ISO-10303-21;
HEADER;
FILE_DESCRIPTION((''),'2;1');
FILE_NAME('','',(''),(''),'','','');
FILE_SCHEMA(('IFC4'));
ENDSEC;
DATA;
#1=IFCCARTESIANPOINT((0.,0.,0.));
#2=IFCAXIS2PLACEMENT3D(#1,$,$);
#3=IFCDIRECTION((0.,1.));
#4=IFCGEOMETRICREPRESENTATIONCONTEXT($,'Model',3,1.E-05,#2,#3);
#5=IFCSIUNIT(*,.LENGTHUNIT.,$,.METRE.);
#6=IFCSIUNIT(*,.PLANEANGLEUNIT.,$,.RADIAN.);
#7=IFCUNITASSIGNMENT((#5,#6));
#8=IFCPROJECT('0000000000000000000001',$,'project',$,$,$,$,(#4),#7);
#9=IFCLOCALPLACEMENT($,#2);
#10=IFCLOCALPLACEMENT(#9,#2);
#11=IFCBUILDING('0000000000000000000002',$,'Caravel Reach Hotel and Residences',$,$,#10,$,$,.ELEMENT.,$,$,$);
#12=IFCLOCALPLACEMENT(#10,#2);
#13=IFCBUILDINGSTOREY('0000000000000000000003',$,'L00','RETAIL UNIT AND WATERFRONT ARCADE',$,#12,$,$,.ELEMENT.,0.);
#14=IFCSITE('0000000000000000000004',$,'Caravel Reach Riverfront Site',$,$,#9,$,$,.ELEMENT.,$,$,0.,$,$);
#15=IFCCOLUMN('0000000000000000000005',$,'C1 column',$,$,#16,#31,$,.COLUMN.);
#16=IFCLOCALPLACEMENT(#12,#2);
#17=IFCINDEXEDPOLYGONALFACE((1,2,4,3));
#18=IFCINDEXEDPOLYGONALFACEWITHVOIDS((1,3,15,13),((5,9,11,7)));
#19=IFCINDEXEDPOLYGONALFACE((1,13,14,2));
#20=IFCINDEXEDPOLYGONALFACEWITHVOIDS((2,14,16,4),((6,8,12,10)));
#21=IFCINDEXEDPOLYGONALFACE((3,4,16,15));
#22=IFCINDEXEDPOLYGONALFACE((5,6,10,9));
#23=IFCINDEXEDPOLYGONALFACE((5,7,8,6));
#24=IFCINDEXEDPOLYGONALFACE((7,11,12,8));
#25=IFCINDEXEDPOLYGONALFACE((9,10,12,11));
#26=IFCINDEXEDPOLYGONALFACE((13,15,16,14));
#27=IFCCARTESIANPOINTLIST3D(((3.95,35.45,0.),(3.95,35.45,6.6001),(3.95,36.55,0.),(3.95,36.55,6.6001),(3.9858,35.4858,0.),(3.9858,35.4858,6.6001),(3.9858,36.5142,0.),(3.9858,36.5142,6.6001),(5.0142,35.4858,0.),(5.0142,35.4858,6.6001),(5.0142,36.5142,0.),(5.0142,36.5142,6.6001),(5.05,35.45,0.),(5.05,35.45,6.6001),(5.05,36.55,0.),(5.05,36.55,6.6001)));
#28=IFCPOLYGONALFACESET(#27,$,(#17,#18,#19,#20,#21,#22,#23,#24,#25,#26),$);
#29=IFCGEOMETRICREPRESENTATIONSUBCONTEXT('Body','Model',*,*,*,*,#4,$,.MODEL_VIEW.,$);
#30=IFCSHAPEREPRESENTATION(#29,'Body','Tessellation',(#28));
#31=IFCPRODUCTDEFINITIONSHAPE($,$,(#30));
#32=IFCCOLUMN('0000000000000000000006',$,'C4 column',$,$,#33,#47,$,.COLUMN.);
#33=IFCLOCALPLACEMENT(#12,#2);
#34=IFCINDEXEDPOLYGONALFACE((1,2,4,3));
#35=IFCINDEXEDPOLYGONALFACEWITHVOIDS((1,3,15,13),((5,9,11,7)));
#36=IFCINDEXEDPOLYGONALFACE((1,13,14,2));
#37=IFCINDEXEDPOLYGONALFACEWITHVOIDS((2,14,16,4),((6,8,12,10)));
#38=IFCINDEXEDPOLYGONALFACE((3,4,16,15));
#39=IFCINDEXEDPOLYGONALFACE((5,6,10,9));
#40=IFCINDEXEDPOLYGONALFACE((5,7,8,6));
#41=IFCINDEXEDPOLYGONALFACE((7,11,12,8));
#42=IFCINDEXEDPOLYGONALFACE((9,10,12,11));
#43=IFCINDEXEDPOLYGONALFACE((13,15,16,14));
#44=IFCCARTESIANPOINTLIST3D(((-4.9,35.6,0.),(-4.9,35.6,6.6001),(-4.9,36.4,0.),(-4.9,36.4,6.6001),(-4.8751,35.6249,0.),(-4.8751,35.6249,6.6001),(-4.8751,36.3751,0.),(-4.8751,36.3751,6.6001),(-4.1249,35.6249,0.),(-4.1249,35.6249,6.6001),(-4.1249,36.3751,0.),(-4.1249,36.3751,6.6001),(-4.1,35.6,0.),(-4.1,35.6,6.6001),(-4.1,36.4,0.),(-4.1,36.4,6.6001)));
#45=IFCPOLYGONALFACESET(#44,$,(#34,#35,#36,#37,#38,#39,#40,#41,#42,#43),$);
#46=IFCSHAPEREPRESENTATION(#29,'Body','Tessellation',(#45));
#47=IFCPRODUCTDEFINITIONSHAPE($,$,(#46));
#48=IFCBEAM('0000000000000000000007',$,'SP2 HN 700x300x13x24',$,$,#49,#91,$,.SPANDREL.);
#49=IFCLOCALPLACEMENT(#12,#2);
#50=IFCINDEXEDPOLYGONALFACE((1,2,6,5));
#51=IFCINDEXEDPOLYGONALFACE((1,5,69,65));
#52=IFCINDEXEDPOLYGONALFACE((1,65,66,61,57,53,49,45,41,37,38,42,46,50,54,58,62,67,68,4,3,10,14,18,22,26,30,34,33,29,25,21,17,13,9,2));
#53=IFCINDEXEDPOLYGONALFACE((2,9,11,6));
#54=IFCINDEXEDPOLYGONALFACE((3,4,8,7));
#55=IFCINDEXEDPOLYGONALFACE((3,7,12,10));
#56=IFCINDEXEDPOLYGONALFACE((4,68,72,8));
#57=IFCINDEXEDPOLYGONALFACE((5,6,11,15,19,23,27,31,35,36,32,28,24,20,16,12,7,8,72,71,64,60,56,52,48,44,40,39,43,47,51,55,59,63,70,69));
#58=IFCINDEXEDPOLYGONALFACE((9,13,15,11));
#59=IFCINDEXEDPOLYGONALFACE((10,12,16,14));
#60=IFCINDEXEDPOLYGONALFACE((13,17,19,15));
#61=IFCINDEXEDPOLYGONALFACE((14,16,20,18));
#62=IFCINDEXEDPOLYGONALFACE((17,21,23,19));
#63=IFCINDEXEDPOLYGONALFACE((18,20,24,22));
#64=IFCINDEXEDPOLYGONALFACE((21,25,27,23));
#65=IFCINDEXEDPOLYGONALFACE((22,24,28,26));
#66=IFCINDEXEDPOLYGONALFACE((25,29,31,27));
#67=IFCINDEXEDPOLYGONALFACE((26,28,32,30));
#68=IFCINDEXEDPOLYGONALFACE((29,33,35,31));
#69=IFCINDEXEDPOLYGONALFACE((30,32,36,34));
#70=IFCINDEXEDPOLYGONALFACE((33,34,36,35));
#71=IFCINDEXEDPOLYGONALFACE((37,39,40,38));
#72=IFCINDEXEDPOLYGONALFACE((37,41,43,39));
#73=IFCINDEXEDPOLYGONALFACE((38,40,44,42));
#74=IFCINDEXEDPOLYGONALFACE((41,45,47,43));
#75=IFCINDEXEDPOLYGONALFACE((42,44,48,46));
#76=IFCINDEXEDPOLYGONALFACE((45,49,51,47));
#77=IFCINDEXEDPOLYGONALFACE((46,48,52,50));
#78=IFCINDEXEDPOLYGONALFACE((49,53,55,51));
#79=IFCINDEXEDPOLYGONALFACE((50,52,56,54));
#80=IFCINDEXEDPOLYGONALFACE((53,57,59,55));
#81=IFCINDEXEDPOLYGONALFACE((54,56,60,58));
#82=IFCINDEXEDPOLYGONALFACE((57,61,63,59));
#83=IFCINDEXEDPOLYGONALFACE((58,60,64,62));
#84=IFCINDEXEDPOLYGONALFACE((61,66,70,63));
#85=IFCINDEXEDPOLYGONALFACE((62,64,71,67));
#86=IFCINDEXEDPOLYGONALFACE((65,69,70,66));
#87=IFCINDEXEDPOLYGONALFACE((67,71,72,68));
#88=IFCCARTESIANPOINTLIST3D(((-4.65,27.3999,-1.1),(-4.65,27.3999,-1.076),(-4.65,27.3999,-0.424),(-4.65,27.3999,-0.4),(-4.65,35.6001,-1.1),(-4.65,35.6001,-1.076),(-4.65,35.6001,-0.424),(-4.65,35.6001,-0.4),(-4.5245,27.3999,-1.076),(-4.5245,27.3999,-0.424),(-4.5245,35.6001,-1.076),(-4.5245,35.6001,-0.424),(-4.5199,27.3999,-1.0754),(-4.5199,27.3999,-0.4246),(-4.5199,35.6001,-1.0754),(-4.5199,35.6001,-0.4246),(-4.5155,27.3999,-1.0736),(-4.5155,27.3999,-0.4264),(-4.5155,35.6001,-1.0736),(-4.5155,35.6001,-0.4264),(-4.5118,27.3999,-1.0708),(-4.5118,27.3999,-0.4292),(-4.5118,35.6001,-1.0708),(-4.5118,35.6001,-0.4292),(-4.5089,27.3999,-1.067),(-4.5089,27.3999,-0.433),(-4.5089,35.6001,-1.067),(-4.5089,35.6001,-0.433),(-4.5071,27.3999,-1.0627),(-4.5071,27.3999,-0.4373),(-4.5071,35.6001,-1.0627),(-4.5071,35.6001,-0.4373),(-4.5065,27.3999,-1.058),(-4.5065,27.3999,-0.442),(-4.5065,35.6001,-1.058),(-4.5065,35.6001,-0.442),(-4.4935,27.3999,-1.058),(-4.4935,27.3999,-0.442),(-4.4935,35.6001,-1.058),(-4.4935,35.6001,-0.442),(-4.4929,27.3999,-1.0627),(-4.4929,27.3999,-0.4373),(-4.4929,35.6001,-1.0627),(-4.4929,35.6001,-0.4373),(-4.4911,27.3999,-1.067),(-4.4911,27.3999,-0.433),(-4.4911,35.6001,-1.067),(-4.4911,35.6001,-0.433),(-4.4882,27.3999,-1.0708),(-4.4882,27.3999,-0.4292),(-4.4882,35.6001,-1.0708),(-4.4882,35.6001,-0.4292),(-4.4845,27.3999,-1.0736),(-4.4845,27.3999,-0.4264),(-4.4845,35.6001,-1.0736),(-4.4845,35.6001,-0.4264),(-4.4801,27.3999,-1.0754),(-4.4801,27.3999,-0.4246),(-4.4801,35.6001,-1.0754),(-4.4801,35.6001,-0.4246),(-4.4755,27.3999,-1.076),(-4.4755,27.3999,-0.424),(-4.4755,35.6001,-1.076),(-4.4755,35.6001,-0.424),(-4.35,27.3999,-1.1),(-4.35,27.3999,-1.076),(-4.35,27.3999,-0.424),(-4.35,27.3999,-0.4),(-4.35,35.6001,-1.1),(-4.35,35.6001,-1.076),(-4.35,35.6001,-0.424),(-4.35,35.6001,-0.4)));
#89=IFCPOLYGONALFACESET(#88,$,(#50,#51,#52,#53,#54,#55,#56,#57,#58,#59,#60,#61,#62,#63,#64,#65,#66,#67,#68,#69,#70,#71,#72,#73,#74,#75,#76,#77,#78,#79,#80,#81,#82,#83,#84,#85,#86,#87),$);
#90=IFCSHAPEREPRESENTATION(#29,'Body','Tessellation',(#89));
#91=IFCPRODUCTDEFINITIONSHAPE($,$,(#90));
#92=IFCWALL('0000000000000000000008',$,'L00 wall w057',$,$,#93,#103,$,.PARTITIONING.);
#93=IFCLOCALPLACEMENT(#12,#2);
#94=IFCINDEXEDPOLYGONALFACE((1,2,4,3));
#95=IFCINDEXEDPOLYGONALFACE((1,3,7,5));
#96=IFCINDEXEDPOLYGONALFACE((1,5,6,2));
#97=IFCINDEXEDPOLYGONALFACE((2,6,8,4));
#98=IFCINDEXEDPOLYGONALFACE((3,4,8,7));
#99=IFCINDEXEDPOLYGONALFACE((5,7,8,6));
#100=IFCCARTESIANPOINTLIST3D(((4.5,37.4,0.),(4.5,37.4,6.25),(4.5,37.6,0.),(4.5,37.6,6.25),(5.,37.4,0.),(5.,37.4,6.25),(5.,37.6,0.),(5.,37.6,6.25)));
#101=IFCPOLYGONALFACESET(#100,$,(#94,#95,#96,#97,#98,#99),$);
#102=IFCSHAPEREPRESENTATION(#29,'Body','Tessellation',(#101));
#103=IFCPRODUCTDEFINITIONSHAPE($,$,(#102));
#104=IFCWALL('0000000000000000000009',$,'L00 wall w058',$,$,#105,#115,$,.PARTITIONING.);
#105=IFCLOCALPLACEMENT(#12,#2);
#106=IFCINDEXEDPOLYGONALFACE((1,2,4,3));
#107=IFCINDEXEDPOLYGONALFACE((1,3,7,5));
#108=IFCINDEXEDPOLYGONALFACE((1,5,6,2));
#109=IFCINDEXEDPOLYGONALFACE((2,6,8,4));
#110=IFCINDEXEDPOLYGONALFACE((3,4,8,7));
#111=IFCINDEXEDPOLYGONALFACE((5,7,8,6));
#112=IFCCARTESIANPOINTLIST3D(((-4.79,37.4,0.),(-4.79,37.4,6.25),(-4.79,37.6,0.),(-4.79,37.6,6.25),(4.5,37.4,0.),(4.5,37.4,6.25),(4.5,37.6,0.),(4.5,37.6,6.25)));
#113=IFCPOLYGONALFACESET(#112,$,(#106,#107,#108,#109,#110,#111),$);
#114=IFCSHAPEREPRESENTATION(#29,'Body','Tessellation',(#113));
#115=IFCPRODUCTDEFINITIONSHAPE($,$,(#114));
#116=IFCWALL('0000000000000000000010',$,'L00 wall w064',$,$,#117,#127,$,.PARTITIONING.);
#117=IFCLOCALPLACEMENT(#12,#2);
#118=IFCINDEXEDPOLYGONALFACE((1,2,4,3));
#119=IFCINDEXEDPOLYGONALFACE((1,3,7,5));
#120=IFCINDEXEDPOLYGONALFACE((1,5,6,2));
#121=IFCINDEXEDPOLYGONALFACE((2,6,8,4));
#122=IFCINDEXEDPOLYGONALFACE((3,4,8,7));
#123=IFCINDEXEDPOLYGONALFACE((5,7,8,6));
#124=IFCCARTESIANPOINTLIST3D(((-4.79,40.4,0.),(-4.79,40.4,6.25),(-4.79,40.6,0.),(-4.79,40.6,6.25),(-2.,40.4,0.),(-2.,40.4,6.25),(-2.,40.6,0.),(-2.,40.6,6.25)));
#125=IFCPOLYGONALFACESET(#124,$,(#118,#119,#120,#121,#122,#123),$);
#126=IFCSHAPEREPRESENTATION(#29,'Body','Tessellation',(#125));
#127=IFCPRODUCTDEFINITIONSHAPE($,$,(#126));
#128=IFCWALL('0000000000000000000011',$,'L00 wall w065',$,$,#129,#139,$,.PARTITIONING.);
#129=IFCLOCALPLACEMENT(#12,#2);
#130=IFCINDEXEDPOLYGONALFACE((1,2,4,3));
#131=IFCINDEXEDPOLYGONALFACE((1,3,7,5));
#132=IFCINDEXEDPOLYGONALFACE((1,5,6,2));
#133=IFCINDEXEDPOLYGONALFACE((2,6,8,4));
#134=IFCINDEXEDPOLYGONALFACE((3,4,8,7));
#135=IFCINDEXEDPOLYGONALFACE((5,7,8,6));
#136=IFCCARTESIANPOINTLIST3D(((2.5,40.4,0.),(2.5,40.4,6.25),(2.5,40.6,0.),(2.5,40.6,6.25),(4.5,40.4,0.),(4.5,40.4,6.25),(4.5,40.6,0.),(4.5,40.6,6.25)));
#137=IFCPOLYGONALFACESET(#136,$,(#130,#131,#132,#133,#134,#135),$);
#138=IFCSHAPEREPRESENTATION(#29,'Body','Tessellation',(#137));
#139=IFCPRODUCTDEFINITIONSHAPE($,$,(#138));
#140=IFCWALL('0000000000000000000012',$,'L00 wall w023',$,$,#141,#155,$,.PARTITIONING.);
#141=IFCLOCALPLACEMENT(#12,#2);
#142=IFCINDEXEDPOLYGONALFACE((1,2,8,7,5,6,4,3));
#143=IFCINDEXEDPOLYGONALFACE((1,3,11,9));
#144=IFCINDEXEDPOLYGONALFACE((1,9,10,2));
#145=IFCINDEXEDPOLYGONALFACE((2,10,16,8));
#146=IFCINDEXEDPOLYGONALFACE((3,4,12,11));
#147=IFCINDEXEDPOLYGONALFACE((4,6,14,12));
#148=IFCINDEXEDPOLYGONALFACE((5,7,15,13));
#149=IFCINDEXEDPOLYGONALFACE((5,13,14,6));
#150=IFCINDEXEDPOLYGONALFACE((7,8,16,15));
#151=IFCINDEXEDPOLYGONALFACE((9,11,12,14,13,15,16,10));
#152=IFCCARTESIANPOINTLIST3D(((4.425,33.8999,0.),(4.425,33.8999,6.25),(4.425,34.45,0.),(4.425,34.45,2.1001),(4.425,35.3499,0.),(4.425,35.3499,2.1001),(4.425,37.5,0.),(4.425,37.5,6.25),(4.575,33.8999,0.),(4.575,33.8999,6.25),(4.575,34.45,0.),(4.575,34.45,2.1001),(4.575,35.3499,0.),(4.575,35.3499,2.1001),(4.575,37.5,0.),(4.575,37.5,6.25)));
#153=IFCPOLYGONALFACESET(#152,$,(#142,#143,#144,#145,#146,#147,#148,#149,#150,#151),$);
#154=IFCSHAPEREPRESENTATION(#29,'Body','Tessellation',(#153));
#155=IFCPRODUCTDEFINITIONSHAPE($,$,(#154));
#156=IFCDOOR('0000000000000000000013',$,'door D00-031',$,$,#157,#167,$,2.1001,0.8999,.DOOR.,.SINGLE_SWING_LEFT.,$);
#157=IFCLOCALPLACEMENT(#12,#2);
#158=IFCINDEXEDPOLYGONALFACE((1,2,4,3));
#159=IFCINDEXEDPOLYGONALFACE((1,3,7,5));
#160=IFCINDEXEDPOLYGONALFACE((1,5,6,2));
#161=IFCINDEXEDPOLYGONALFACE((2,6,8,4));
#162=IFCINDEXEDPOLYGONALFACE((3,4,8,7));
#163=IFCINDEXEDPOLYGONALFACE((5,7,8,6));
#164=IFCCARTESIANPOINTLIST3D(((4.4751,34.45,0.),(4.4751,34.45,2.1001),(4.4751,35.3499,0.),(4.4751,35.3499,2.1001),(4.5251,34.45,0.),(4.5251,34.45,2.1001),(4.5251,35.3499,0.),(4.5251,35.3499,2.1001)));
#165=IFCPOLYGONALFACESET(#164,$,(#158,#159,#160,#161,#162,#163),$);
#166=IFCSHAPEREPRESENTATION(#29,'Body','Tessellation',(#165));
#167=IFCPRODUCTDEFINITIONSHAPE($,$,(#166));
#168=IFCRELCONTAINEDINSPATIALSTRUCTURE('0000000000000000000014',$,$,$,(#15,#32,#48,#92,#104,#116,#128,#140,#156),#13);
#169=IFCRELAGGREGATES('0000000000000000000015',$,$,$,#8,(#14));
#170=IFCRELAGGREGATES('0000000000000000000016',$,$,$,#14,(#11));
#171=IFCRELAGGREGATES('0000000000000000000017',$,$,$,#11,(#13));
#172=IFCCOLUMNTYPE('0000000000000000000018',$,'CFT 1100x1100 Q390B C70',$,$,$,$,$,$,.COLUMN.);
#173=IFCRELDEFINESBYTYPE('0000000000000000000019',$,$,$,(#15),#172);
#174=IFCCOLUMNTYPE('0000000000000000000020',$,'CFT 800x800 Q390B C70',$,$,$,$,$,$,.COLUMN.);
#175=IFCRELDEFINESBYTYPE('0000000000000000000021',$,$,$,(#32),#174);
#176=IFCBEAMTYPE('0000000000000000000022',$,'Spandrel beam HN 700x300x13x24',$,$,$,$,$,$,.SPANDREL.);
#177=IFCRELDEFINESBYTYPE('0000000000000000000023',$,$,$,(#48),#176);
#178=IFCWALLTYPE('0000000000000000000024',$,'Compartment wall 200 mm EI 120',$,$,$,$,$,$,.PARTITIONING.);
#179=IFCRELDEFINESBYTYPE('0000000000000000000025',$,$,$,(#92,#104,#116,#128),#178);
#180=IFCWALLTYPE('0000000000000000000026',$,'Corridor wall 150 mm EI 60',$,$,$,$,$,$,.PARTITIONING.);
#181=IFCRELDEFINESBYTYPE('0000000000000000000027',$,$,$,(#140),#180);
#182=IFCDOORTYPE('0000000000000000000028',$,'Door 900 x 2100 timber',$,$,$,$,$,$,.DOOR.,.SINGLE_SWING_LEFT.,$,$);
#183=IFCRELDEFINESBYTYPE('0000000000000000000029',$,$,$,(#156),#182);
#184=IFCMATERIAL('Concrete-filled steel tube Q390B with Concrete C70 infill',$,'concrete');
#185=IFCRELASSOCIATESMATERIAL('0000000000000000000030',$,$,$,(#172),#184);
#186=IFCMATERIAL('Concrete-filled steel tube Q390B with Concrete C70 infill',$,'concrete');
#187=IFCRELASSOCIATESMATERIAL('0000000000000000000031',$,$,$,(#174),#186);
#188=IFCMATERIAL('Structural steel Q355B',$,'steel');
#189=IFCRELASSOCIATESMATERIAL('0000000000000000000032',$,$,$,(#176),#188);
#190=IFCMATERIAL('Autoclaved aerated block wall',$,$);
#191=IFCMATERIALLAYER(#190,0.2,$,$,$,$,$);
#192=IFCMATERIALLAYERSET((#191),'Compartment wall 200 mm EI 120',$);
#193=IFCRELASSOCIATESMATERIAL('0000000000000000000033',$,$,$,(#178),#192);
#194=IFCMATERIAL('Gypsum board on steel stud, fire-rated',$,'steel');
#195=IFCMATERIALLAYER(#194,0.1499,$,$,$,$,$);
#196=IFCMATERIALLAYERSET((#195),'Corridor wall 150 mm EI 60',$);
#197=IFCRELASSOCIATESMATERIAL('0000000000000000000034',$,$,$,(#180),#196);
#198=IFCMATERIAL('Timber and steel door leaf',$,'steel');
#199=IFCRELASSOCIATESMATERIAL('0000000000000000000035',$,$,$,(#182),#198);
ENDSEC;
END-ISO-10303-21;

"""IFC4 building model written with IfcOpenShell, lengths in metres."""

from ifc_helpers import new_model, si_unit, direction, frame, frame_2d, origin, origin_2d, place, context, subcontext, project, spatial, rectangle, hollow_rectangle, i_section, extrude, material, layer, layer_set, material_profile, profile_set, type_object, element, fill, save


model = new_model("IFC4")

# Units and contexts
model_context = context("Model", 3, precision=1e-05, world=origin(), true_north=direction((0.0, 1.0)))
body_context = subcontext(model_context, "Body", "Model", "MODEL_VIEW")
ifc_project = project(units=[si_unit("LENGTHUNIT", "METRE"), si_unit("PLANEANGLEUNIT", "RADIAN")], contexts=[model_context])

# Site, building, storey
site_placement = place(None, origin())
site = spatial("IfcSite", under=ifc_project, at=site_placement, Name="Caravel Reach Riverfront Site", CompositionType="ELEMENT", RefElevation=0.0)
building_placement = place(site_placement, origin())
building = spatial("IfcBuilding", under=site, at=building_placement, Name="Caravel Reach Hotel and Residences", CompositionType="ELEMENT")
storey_placement = place(building_placement, origin())
storey = spatial("IfcBuildingStorey", under=building, at=storey_placement, Name="L00", Description="RETAIL UNIT AND WATERFRONT ARCADE", CompositionType="ELEMENT", Elevation=0.0)

# Columns
ifc_material_1 = material(Name="Concrete-filled steel tube Q390B with Concrete C70 infill", Category="concrete")
ifc_material_profile_1 = material_profile(ifc_material_1, hollow_rectangle(XDim=1.1001, YDim=1.1001, WallThickness=0.0359, at=origin_2d()), Name="RHS 1100x1100x36")
ifc_profile_set_1 = profile_set([ifc_material_profile_1], Name="Concrete-filled steel tube Q390B with Concrete C70 infill")
column_type_1 = type_object("IfcColumnType", Name="CFT 1100x1100 Q390B C70", PredefinedType="COLUMN", material=ifc_profile_set_1)
column_1_placement = place(storey_placement, frame((4.5, 36.0, 0.0), z_axis=(0.0, 0.0, 1.0), x_axis=(1.0, 0.0, 0.0)))
element("IfcColumn", 1, at=column_1_placement, inside=storey, type_object=column_type_1, Name="C1 column", PredefinedType="COLUMN", context=body_context, shape_type="SweptSolid", body=[
    extrude(hollow_rectangle(XDim=1.1001, YDim=1.1001, WallThickness=0.0359, at=origin_2d()), origin(), (0.0, 0.0, 1.0), 6.6001),
])
ifc_material_2 = material(Name="Concrete-filled steel tube Q390B with Concrete C70 infill", Category="concrete")
ifc_material_profile_2 = material_profile(ifc_material_2, hollow_rectangle(XDim=0.8, YDim=0.8, WallThickness=0.0249, at=origin_2d()), Name="RHS 800x800x25")
ifc_profile_set_2 = profile_set([ifc_material_profile_2], Name="Concrete-filled steel tube Q390B with Concrete C70 infill")
column_type_2 = type_object("IfcColumnType", Name="CFT 800x800 Q390B C70", PredefinedType="COLUMN", material=ifc_profile_set_2)
column_2_placement = place(storey_placement, frame((-4.5, 36.0, 0.0), z_axis=(0.0, 0.0, 1.0), x_axis=(1.0, 0.0, 0.0)))
element("IfcColumn", 2, at=column_2_placement, inside=storey, type_object=column_type_2, Name="C4 column", PredefinedType="COLUMN", context=body_context, shape_type="SweptSolid", body=[
    extrude(hollow_rectangle(XDim=0.8, YDim=0.8, WallThickness=0.0249, at=origin_2d()), origin(), (0.0, 0.0, 1.0), 6.6001),
])

# Beam
ifc_material_3 = material(Name="Structural steel Q355B", Category="steel")
ifc_material_profile_3 = material_profile(ifc_material_3, i_section(OverallWidth=0.3, OverallDepth=0.7, WebThickness=0.0129, FlangeThickness=0.0239, FilletRadius=0.0181, at=origin_2d()), Name="HN 700x300x13x24")
ifc_profile_set_3 = profile_set([ifc_material_profile_3], Name="Structural steel Q355B")
beam_type = type_object("IfcBeamType", Name="Spandrel beam HN 700x300x13x24", PredefinedType="SPANDREL", material=ifc_profile_set_3)
beam_placement = place(storey_placement, frame((-4.5, 35.6001, -0.75), z_axis=(0.0, -1.0, 0.0), x_axis=(1.0, 0.0, 0.0)))
element("IfcBeam", 3, at=beam_placement, inside=storey, type_object=beam_type, Name="SP2 HN 700x300x13x24", PredefinedType="SPANDREL", context=body_context, shape_type="SweptSolid", body=[
    extrude(i_section(OverallWidth=0.3, OverallDepth=0.7, WebThickness=0.0129, FlangeThickness=0.0239, FilletRadius=0.0181, at=origin_2d()), origin(), (0.0, 0.0, 1.0), 8.2002),
])

# Walls
ifc_material_4 = material(Name="Autoclaved aerated block wall")
ifc_layer_1 = layer(ifc_material_4, 0.2)
ifc_layer_set_1 = layer_set([ifc_layer_1], Name="Compartment wall 200 mm EI 120")
wall_type_1 = type_object("IfcWallType", Name="Compartment wall 200 mm EI 120", PredefinedType="PARTITIONING", material=ifc_layer_set_1)
wall_1_placement = place(storey_placement, frame((4.5, 37.5, 0.0), z_axis=(0.0, 0.0, 1.0), x_axis=(1.0, 0.0, 0.0)))
element("IfcWall", 4, at=wall_1_placement, inside=storey, type_object=wall_type_1, Name="L00 wall w057", PredefinedType="PARTITIONING", context=body_context, shape_type="SweptSolid", body=[
    extrude(rectangle(XDim=0.5, YDim=0.2, at=frame_2d((0.25, 0.0))), origin(), (0.0, 0.0, 1.0), 6.25),
])
wall_2_placement = place(storey_placement, frame((-4.79, 37.5, 0.0), z_axis=(0.0, 0.0, 1.0), x_axis=(1.0, 0.0, 0.0)))
element("IfcWall", 5, at=wall_2_placement, inside=storey, type_object=wall_type_1, Name="L00 wall w058", PredefinedType="PARTITIONING", context=body_context, shape_type="SweptSolid", body=[
    extrude(rectangle(XDim=9.29, YDim=0.2, at=frame_2d((4.645, 0.0))), origin(), (0.0, 0.0, 1.0), 6.25),
])
wall_3_placement = place(storey_placement, frame((-4.79, 40.5, 0.0), z_axis=(0.0, 0.0, 1.0), x_axis=(1.0, 0.0, 0.0)))
element("IfcWall", 6, at=wall_3_placement, inside=storey, type_object=wall_type_1, Name="L00 wall w064", PredefinedType="PARTITIONING", context=body_context, shape_type="SweptSolid", body=[
    extrude(rectangle(XDim=2.79, YDim=0.2, at=frame_2d((1.395, 0.0))), origin(), (0.0, 0.0, 1.0), 6.25),
])
wall_4_placement = place(storey_placement, frame((2.5, 40.5, 0.0), z_axis=(0.0, 0.0, 1.0), x_axis=(1.0, 0.0, 0.0)))
element("IfcWall", 7, at=wall_4_placement, inside=storey, type_object=wall_type_1, Name="L00 wall w065", PredefinedType="PARTITIONING", context=body_context, shape_type="SweptSolid", body=[
    extrude(rectangle(XDim=2.0, YDim=0.2, at=frame_2d((1.0, 0.0))), origin(), (0.0, 0.0, 1.0), 6.25),
])

# Wall, opening, door
ifc_material_5 = material(Name="Gypsum board on steel stud, fire-rated", Category="steel")
ifc_layer_2 = layer(ifc_material_5, 0.1499)
ifc_layer_set_2 = layer_set([ifc_layer_2], Name="Corridor wall 150 mm EI 60")
wall_type_2 = type_object("IfcWallType", Name="Corridor wall 150 mm EI 60", PredefinedType="PARTITIONING", material=ifc_layer_set_2)
wall_5_placement = place(storey_placement, frame((4.5, 33.8999, 0.0), z_axis=(0.0, 0.0, 1.0), x_axis=(0.0, 1.0, 0.0)))
wall_5 = element("IfcWall", 8, at=wall_5_placement, inside=storey, type_object=wall_type_2, Name="L00 wall w023", PredefinedType="PARTITIONING", context=body_context, shape_type="SweptSolid", body=[
    extrude(rectangle(XDim=3.6001, YDim=0.1499, at=frame_2d((1.8, 0.0))), origin(), (0.0, 0.0, 1.0), 6.25),
])
opening_1_placement = place(wall_5_placement, frame((0.55, 0.0, 0.0)))
opening_1 = element("IfcOpeningElement", 9, at=opening_1_placement, cuts=wall_5, PredefinedType="OPENING", context=body_context, shape_type="SweptSolid", body=[
    extrude(rectangle(XDim=0.8999, YDim=2.1001, at=frame_2d((0.45, 1.05))), frame((0.0, 0.085, 0.0), z_axis=(0.0, -1.0, 0.0), x_axis=(1.0, 0.0, 0.0)), (0.0, 0.0, 1.0), 0.1699),
])
ifc_material_6 = material(Name="Timber and steel door leaf", Category="steel")
door_type_1 = type_object("IfcDoorType", Name="Door 900 x 2100 timber", OperationType="SINGLE_SWING_LEFT", PredefinedType="DOOR", material=ifc_material_6)
door_1_placement = place(opening_1_placement, origin())
door_1 = element("IfcDoor", 10, at=door_1_placement, inside=storey, type_object=door_type_1, Name="door D00-031", OperationType="SINGLE_SWING_LEFT", OverallHeight=2.1001, OverallWidth=0.8999, PredefinedType="DOOR", context=body_context, shape_type="SweptSolid", body=[
    extrude(rectangle(XDim=0.8999, YDim=2.1001, at=frame_2d((0.45, 1.05))), frame((0.0, 0.0249, 0.0), z_axis=(0.0, -1.0, 0.0), x_axis=(1.0, 0.0, 0.0)), (0.0, 0.0, 1.0), 0.05),
])
fill(opening_1, door_1)

save(model, "model.ifc")
